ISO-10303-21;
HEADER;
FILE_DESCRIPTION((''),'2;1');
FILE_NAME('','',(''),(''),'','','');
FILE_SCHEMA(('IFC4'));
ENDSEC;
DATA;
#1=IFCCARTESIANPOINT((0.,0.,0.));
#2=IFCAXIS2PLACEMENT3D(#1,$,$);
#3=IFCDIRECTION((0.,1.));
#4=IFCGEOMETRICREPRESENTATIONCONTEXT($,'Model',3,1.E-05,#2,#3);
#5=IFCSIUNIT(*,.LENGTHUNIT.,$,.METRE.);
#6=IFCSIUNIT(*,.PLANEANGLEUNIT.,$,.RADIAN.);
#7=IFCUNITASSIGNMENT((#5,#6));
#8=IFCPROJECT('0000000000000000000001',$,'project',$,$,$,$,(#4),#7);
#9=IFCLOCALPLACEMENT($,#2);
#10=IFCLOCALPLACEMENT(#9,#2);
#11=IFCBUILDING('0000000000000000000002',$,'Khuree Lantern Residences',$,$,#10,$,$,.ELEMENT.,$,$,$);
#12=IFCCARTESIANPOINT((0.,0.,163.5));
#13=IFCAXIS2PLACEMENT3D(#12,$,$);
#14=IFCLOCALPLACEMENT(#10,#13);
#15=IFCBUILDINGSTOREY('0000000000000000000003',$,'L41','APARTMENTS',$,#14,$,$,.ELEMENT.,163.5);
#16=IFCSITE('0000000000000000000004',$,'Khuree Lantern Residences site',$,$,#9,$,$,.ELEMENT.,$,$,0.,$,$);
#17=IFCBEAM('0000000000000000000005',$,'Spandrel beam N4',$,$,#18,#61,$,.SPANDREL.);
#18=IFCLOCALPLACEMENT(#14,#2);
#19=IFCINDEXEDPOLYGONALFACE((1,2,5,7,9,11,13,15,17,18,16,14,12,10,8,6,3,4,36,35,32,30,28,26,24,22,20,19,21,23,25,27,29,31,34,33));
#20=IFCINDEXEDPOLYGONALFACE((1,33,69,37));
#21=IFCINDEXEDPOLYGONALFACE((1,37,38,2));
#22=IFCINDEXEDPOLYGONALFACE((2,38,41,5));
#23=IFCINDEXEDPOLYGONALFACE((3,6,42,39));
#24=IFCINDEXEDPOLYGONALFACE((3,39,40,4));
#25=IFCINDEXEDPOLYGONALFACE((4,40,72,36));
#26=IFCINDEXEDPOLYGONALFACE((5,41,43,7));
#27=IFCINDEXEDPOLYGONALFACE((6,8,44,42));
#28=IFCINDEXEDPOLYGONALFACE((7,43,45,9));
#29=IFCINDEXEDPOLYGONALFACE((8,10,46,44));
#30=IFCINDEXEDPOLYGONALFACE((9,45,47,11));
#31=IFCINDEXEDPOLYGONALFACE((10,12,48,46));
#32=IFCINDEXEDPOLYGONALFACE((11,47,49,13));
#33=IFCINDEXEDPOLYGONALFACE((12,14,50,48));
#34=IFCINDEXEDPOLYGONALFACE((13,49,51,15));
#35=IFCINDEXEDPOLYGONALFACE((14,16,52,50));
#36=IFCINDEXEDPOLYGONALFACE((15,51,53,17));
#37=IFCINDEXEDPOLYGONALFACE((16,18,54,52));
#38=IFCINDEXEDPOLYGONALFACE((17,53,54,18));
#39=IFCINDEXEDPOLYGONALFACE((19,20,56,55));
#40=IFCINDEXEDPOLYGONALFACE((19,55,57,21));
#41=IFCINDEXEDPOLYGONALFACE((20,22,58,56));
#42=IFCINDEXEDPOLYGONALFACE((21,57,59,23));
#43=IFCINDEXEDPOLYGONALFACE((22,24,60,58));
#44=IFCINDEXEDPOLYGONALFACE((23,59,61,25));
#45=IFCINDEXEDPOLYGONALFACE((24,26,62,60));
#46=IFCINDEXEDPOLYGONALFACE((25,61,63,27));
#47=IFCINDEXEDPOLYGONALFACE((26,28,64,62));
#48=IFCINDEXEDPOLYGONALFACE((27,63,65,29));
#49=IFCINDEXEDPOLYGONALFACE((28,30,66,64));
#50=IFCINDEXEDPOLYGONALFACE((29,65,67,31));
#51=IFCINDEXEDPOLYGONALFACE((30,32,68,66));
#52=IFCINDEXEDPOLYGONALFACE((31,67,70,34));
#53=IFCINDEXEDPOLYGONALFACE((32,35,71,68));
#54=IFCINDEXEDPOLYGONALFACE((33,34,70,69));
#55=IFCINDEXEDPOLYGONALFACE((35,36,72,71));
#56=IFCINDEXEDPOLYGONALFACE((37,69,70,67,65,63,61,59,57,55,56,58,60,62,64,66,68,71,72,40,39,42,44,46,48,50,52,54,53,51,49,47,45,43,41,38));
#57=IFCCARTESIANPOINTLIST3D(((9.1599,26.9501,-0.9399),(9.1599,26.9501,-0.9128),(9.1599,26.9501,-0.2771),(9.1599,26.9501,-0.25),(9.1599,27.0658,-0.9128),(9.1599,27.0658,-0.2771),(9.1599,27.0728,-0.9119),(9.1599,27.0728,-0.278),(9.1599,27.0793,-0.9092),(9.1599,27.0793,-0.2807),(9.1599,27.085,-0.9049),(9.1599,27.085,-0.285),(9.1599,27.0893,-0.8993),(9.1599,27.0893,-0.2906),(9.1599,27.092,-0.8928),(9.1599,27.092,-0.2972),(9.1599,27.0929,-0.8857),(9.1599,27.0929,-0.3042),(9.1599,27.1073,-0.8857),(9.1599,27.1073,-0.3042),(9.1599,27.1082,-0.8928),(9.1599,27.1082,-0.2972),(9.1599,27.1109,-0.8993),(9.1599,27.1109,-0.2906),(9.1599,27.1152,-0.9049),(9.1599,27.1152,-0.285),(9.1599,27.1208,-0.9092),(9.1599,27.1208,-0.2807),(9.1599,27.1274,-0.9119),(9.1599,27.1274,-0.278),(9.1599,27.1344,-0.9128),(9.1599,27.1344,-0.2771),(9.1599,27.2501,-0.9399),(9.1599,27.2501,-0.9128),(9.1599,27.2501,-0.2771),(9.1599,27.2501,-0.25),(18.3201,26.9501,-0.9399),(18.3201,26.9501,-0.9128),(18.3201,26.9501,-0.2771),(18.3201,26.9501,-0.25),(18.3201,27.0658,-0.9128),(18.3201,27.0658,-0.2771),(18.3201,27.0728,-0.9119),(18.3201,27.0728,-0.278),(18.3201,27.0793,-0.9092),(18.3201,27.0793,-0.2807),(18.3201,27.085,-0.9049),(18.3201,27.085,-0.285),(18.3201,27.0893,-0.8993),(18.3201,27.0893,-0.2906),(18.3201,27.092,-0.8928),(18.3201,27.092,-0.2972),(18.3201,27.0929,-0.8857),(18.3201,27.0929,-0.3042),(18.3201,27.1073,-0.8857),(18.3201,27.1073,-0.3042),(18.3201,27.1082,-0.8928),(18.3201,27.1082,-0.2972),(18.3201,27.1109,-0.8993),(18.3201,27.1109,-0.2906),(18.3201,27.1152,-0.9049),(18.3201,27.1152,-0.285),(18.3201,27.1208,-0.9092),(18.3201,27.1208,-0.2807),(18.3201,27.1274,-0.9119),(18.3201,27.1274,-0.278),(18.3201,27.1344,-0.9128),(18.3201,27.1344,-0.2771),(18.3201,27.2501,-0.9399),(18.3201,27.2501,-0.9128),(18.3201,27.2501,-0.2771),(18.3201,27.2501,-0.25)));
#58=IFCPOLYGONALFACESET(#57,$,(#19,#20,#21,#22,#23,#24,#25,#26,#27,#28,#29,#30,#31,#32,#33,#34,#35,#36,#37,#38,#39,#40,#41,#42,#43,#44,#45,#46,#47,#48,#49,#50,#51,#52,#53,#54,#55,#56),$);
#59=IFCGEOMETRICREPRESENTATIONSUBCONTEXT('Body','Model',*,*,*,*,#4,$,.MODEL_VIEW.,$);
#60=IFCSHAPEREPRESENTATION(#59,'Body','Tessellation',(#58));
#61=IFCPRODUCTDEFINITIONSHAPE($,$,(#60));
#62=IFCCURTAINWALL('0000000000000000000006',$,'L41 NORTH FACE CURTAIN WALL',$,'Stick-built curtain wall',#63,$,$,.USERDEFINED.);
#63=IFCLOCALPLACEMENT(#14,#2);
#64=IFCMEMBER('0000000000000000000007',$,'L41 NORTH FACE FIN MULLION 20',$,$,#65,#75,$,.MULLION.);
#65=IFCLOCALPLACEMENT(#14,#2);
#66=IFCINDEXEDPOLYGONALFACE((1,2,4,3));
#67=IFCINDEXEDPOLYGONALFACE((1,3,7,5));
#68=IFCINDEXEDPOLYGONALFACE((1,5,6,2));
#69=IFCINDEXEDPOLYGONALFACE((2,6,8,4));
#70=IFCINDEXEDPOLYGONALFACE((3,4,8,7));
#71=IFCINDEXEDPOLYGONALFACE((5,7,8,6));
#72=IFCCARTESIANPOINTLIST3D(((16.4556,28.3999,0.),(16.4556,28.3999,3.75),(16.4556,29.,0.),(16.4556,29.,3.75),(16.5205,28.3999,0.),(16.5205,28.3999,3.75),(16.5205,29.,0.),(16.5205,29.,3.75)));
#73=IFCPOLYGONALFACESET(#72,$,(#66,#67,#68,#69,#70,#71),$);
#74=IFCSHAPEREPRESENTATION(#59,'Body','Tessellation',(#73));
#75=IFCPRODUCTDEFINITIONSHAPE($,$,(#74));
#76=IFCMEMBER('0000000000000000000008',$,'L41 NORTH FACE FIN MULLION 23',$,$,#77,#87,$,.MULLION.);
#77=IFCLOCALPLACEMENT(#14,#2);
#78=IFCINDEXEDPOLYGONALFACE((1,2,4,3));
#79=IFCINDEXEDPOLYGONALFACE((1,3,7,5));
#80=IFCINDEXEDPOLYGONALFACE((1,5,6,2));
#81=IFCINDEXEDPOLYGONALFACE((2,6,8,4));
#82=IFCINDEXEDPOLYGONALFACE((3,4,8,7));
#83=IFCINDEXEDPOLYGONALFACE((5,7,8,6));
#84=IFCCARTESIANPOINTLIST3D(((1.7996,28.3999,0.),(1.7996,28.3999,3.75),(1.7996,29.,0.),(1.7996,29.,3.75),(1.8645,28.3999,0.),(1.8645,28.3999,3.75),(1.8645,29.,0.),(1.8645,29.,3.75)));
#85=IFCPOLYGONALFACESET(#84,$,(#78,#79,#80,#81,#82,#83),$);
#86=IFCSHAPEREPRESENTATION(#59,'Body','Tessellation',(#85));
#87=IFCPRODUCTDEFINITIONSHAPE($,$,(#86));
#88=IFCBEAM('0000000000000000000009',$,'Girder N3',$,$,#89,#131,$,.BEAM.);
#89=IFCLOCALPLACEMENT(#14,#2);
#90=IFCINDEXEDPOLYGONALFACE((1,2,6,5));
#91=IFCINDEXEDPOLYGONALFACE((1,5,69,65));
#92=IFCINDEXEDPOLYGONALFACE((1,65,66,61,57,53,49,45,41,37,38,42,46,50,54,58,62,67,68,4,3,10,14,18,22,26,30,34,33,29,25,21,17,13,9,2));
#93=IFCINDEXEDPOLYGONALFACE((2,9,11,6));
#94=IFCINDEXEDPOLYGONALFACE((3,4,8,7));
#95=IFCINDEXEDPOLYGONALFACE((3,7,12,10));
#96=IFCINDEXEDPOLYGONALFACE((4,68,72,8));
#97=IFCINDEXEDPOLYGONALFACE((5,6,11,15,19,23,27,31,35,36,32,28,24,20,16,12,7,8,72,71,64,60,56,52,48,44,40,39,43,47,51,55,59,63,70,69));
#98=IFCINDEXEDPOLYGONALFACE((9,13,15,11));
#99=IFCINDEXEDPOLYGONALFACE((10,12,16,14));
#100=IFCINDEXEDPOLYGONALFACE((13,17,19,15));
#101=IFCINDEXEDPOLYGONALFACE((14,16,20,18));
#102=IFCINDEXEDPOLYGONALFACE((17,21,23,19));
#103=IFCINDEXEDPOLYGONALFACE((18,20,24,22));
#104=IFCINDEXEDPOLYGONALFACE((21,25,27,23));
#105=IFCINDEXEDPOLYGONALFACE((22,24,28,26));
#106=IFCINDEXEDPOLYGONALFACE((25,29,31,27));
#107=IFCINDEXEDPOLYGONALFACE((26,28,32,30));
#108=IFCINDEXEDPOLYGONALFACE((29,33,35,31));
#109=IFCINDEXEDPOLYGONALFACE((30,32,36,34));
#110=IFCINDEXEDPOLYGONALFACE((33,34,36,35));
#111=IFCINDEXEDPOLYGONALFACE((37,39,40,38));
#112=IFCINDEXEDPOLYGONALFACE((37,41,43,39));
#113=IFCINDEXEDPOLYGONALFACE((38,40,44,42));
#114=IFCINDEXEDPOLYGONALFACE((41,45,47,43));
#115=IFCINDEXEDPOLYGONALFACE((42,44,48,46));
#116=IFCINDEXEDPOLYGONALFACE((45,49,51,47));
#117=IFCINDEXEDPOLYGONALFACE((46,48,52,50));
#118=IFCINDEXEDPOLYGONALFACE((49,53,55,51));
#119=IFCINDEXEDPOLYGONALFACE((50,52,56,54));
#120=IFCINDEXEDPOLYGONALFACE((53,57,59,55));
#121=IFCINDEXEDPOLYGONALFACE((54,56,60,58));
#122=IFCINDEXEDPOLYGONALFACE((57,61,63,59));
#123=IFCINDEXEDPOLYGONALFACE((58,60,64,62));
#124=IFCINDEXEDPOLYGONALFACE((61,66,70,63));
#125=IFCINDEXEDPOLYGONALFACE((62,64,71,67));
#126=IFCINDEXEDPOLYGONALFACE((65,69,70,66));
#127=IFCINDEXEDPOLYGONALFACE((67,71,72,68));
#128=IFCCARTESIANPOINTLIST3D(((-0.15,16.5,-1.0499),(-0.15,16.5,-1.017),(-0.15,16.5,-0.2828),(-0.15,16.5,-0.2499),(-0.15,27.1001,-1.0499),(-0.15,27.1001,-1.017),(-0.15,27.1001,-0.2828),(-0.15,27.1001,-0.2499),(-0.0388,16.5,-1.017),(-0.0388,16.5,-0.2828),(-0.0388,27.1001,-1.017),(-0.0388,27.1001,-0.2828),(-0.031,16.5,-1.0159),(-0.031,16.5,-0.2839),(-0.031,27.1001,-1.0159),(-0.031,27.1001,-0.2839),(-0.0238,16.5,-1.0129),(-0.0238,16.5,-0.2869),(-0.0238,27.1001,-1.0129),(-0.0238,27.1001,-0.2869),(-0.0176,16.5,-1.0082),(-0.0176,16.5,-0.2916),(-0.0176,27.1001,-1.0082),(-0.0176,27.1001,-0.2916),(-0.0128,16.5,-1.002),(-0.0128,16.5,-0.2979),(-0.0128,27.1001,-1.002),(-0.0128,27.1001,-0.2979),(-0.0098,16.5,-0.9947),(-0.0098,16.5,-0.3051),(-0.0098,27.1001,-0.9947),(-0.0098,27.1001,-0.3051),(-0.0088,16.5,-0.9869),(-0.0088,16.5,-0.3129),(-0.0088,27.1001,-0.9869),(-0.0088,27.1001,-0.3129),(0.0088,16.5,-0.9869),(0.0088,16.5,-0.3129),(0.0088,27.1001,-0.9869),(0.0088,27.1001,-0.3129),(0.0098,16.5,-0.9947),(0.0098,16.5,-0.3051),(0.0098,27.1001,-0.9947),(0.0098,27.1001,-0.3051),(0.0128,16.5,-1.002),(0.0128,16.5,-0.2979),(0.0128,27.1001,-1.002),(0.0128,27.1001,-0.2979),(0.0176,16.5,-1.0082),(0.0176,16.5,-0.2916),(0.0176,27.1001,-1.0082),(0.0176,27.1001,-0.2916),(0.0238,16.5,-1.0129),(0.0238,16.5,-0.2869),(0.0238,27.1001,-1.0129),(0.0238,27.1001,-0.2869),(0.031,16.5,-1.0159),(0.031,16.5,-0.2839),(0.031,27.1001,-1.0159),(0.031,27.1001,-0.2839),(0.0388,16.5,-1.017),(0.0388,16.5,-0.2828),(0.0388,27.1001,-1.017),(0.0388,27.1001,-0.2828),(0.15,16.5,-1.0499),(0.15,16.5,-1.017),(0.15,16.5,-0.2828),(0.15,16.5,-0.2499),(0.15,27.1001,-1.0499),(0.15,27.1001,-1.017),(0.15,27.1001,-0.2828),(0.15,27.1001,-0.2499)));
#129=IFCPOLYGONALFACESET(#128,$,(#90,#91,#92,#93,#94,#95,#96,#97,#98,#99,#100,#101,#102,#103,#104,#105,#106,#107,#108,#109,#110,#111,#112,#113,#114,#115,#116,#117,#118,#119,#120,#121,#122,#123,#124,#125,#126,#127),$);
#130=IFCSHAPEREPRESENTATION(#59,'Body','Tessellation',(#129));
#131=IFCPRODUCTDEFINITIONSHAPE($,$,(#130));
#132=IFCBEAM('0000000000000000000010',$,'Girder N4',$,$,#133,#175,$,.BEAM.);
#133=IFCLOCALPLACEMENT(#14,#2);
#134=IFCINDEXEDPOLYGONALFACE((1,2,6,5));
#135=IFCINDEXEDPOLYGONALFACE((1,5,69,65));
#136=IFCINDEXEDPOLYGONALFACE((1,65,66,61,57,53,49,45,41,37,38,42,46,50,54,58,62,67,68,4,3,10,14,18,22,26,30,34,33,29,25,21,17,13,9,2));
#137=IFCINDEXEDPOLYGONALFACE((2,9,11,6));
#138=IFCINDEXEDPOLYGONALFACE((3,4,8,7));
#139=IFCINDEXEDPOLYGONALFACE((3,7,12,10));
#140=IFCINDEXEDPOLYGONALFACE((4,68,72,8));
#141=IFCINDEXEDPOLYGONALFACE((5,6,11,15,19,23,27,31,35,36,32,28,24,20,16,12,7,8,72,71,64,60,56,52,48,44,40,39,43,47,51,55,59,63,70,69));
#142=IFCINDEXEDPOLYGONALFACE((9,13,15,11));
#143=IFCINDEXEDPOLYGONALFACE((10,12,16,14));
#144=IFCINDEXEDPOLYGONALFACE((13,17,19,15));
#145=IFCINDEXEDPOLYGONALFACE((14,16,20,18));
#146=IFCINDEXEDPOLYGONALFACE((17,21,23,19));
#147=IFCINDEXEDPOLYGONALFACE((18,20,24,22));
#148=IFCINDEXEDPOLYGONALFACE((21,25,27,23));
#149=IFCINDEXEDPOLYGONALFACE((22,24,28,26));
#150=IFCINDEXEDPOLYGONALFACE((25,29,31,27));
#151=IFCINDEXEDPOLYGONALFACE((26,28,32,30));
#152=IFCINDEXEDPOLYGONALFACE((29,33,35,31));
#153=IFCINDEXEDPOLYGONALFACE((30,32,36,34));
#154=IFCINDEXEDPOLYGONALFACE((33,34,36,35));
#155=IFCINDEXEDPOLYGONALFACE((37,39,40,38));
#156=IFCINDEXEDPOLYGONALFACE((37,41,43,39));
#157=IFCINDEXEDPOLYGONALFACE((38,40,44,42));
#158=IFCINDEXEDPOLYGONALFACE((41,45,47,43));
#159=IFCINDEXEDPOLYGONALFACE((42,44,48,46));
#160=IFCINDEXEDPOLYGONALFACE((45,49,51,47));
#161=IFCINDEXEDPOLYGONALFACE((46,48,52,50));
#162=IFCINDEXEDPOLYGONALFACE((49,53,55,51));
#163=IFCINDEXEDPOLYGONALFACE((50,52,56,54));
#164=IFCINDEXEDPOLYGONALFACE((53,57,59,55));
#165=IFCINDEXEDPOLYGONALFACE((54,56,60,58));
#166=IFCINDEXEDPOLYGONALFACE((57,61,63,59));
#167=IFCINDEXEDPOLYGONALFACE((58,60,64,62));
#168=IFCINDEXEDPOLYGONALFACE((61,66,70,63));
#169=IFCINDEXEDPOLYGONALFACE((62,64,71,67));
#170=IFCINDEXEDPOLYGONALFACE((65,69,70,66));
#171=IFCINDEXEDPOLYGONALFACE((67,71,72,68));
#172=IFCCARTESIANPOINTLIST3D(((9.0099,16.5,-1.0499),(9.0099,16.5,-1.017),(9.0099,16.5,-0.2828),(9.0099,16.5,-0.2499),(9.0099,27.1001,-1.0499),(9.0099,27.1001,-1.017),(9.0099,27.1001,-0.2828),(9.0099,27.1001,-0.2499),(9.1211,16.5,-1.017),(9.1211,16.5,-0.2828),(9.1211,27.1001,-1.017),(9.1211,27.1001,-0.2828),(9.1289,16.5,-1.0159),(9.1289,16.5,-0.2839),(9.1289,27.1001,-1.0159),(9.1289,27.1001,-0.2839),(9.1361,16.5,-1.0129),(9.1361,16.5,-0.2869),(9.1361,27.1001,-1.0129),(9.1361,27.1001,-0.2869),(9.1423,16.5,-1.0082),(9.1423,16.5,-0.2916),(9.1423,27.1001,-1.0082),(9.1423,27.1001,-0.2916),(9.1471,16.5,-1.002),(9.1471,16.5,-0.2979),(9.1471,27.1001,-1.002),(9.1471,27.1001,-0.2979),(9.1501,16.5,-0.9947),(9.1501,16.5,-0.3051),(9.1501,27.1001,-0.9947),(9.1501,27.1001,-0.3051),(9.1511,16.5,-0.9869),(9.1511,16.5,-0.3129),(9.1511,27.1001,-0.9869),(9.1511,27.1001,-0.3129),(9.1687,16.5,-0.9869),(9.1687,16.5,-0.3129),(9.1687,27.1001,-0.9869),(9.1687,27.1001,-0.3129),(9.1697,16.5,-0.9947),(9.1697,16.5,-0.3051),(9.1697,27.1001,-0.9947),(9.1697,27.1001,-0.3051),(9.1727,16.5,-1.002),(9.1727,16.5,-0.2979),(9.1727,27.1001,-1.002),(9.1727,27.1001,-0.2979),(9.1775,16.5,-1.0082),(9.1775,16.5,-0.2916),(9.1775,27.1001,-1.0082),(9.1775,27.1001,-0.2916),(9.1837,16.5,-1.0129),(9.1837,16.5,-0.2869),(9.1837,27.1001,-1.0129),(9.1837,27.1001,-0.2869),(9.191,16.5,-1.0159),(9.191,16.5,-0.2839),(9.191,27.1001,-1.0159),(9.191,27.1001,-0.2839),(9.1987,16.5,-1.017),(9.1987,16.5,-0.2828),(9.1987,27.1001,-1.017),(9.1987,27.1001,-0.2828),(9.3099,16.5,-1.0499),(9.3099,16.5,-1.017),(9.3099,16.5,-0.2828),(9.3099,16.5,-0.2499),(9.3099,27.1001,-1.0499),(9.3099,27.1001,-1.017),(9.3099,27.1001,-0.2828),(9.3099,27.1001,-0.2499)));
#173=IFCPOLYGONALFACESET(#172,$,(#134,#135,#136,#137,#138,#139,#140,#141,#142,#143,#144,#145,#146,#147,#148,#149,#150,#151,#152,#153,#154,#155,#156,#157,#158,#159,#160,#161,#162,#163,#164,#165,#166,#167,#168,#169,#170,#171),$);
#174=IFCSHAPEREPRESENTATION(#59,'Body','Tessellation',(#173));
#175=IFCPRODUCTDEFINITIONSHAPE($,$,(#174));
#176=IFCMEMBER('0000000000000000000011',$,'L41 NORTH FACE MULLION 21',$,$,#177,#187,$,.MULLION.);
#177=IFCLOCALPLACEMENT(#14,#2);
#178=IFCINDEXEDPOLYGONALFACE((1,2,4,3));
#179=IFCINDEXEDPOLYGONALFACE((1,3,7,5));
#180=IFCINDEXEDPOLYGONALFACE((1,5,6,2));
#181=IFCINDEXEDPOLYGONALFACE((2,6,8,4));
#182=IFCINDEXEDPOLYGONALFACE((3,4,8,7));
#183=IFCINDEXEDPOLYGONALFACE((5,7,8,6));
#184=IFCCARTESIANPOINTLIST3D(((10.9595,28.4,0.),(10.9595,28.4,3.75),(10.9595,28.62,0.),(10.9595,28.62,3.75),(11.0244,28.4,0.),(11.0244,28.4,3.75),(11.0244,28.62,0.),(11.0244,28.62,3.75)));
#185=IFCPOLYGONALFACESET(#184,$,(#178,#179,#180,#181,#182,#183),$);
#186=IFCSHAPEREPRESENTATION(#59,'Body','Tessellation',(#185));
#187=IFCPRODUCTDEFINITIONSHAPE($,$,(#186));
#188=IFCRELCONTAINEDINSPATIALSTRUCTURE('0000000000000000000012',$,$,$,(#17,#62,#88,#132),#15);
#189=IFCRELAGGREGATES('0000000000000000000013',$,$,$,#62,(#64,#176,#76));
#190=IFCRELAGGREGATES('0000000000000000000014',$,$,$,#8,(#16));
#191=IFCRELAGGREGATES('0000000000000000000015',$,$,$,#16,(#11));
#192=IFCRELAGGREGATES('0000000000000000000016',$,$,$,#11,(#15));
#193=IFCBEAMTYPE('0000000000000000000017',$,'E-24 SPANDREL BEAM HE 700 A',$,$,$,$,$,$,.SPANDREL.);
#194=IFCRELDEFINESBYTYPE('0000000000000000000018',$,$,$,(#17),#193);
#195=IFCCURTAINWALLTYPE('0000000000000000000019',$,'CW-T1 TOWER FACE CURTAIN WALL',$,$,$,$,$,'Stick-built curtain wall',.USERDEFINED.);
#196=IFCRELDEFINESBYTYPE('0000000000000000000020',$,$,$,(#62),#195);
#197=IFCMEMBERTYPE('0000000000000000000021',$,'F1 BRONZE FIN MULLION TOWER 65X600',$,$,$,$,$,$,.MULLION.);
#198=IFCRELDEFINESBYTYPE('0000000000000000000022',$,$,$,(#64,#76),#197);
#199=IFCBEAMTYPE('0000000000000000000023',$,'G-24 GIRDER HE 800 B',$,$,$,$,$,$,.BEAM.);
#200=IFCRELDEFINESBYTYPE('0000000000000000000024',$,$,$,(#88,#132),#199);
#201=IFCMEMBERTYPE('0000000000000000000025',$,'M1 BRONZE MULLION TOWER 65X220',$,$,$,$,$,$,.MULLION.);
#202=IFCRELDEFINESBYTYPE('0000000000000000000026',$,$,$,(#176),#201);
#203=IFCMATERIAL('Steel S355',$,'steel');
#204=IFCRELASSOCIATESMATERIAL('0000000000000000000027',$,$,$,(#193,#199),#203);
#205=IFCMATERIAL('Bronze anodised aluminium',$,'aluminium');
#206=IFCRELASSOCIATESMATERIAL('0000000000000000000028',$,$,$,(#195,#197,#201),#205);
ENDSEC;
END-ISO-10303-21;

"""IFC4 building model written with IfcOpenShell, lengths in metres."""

from ifc_helpers import new_model, si_unit, direction, frame, origin, origin_2d, place, context, subcontext, project, spatial, rectangle, i_section, extrude, material, material_profile, profile_set, type_object, element, aggregate, save


model = new_model("IFC4")

# Units and contexts
model_context = context("Model", 3, precision=1e-05, world=origin(), true_north=direction((0.0, 1.0)))
body_context = subcontext(model_context, "Body", "Model", "MODEL_VIEW")
ifc_project = project(units=[si_unit("LENGTHUNIT", "METRE"), si_unit("PLANEANGLEUNIT", "RADIAN")], contexts=[model_context])

# Site, building, storey
site_placement = place(None, origin())
site = spatial("IfcSite", under=ifc_project, at=site_placement, Name="Khuree Lantern Residences site", CompositionType="ELEMENT", RefElevation=0.0)
building_placement = place(site_placement, origin())
building = spatial("IfcBuilding", under=site, at=building_placement, Name="Khuree Lantern Residences", CompositionType="ELEMENT")
storey_placement = place(building_placement, frame((0.0, 0.0, 163.5)))
storey = spatial("IfcBuildingStorey", under=building, at=storey_placement, Name="L41", Description="APARTMENTS", CompositionType="ELEMENT", Elevation=163.5)

# Beam
ifc_material_1 = material(Name="Steel S355", Category="steel")
ifc_material_profile_1 = material_profile(ifc_material_1, i_section(OverallWidth=0.3, OverallDepth=0.6899, WebThickness=0.0144, FlangeThickness=0.0271, FilletRadius=0.0271, at=origin_2d()), Name="HE 700 A")
ifc_profile_set_1 = profile_set([ifc_material_profile_1], Name="Steel S355")
beam_type_1 = type_object("IfcBeamType", Name="E-24 SPANDREL BEAM HE 700 A", PredefinedType="SPANDREL", material=ifc_profile_set_1)
beam_1_placement = place(storey_placement, frame((9.1599, 27.1001, -0.595), z_axis=(1.0, 0.0, 0.0), x_axis=(0.0, 1.0, 0.0)))
element("IfcBeam", 1, at=beam_1_placement, inside=storey, type_object=beam_type_1, Name="Spandrel beam N4", PredefinedType="SPANDREL", context=body_context, shape_type="SweptSolid", body=[
    extrude(i_section(OverallWidth=0.3, OverallDepth=0.6899, WebThickness=0.0144, FlangeThickness=0.0271, FilletRadius=0.0271, at=origin_2d()), origin(), (0.0, 0.0, 1.0), 9.1602),
])

# Curtain wall, members
ifc_material_2 = material(Name="Bronze anodised aluminium", Category="aluminium")
curtain_wall_type = type_object("IfcCurtainWallType", Name="CW-T1 TOWER FACE CURTAIN WALL", ElementType="Stick-built curtain wall", PredefinedType="USERDEFINED", material=ifc_material_2)
curtain_wall_placement = place(storey_placement, origin())
curtain_wall = element("IfcCurtainWall", 2, at=curtain_wall_placement, inside=storey, type_object=curtain_wall_type, Name="L41 NORTH FACE CURTAIN WALL", ObjectType="Stick-built curtain wall", PredefinedType="USERDEFINED")
ifc_material_profile_2 = material_profile(ifc_material_2, rectangle(XDim=0.0649, YDim=0.6001, at=origin_2d()), Name="F1 65X600")
ifc_profile_set_2 = profile_set([ifc_material_profile_2], Name="Bronze anodised aluminium")
member_type_1 = type_object("IfcMemberType", Name="F1 BRONZE FIN MULLION TOWER 65X600", PredefinedType="MULLION", material=ifc_profile_set_2)
member_1_placement = place(storey_placement, frame((16.488, 28.7, 0.0), z_axis=(0.0, 0.0, 1.0), x_axis=(-1.0, 0.0, 0.0)))
member_1 = element("IfcMember", 3, at=member_1_placement, type_object=member_type_1, Name="L41 NORTH FACE FIN MULLION 20", PredefinedType="MULLION", context=body_context, shape_type="SweptSolid", body=[
    extrude(rectangle(XDim=0.0649, YDim=0.6001, at=origin_2d()), origin(), (0.0, 0.0, 1.0), 3.75),
])
member_2_placement = place(storey_placement, frame((1.832, 28.7, 0.0), z_axis=(0.0, 0.0, 1.0), x_axis=(-1.0, 0.0, 0.0)))
member_2 = element("IfcMember", 4, at=member_2_placement, type_object=member_type_1, Name="L41 NORTH FACE FIN MULLION 23", PredefinedType="MULLION", context=body_context, shape_type="SweptSolid", body=[
    extrude(rectangle(XDim=0.0649, YDim=0.6001, at=origin_2d()), origin(), (0.0, 0.0, 1.0), 3.75),
])

# Beams
ifc_material_profile_3 = material_profile(ifc_material_1, i_section(OverallWidth=0.3, OverallDepth=0.8, WebThickness=0.0176, FlangeThickness=0.033, FilletRadius=0.03, at=origin_2d()), Name="HE 800 B")
ifc_profile_set_3 = profile_set([ifc_material_profile_3], Name="Steel S355")
beam_type_2 = type_object("IfcBeamType", Name="G-24 GIRDER HE 800 B", PredefinedType="BEAM", material=ifc_profile_set_3)
for number, where, z_axis, x_axis, name in (
    (5, (0.0, 27.1001, -0.6499), (0.0, -1.0, 0.0), (1.0, 0.0, 0.0), "Girder N3"),
    (6, (9.1599, 27.1001, -0.6499), (0.0, -1.0, 0.0), (1.0, 0.0, 0.0), "Girder N4"),
):
    element("IfcBeam", number, at=place(storey_placement, frame(where, z_axis=z_axis, x_axis=x_axis)), inside=storey, type_object=beam_type_2, Name=name, PredefinedType="BEAM", context=body_context, shape_type="SweptSolid", body=[
        extrude(i_section(OverallWidth=0.3, OverallDepth=0.8, WebThickness=0.0176, FlangeThickness=0.033, FilletRadius=0.03, at=origin_2d()), origin(), (0.0, 0.0, 1.0), 10.6001),
    ])

# Member
ifc_material_profile_4 = material_profile(ifc_material_2, rectangle(XDim=0.0649, YDim=0.22, at=origin_2d()), Name="M1 65X220")
ifc_profile_set_4 = profile_set([ifc_material_profile_4], Name="Bronze anodised aluminium")
member_type_2 = type_object("IfcMemberType", Name="M1 BRONZE MULLION TOWER 65X220", PredefinedType="MULLION", material=ifc_profile_set_4)
member_3_placement = place(storey_placement, frame((10.9919, 28.51, 0.0), z_axis=(0.0, 0.0, 1.0), x_axis=(-1.0, 0.0, 0.0)))
member_3 = element("IfcMember", 7, at=member_3_placement, type_object=member_type_2, Name="L41 NORTH FACE MULLION 21", PredefinedType="MULLION", context=body_context, shape_type="SweptSolid", body=[
    extrude(rectangle(XDim=0.0649, YDim=0.22, at=origin_2d()), origin(), (0.0, 0.0, 1.0), 3.75),
])

aggregate(curtain_wall, [member_1, member_3, member_2])

save(model, "model.ifc")
